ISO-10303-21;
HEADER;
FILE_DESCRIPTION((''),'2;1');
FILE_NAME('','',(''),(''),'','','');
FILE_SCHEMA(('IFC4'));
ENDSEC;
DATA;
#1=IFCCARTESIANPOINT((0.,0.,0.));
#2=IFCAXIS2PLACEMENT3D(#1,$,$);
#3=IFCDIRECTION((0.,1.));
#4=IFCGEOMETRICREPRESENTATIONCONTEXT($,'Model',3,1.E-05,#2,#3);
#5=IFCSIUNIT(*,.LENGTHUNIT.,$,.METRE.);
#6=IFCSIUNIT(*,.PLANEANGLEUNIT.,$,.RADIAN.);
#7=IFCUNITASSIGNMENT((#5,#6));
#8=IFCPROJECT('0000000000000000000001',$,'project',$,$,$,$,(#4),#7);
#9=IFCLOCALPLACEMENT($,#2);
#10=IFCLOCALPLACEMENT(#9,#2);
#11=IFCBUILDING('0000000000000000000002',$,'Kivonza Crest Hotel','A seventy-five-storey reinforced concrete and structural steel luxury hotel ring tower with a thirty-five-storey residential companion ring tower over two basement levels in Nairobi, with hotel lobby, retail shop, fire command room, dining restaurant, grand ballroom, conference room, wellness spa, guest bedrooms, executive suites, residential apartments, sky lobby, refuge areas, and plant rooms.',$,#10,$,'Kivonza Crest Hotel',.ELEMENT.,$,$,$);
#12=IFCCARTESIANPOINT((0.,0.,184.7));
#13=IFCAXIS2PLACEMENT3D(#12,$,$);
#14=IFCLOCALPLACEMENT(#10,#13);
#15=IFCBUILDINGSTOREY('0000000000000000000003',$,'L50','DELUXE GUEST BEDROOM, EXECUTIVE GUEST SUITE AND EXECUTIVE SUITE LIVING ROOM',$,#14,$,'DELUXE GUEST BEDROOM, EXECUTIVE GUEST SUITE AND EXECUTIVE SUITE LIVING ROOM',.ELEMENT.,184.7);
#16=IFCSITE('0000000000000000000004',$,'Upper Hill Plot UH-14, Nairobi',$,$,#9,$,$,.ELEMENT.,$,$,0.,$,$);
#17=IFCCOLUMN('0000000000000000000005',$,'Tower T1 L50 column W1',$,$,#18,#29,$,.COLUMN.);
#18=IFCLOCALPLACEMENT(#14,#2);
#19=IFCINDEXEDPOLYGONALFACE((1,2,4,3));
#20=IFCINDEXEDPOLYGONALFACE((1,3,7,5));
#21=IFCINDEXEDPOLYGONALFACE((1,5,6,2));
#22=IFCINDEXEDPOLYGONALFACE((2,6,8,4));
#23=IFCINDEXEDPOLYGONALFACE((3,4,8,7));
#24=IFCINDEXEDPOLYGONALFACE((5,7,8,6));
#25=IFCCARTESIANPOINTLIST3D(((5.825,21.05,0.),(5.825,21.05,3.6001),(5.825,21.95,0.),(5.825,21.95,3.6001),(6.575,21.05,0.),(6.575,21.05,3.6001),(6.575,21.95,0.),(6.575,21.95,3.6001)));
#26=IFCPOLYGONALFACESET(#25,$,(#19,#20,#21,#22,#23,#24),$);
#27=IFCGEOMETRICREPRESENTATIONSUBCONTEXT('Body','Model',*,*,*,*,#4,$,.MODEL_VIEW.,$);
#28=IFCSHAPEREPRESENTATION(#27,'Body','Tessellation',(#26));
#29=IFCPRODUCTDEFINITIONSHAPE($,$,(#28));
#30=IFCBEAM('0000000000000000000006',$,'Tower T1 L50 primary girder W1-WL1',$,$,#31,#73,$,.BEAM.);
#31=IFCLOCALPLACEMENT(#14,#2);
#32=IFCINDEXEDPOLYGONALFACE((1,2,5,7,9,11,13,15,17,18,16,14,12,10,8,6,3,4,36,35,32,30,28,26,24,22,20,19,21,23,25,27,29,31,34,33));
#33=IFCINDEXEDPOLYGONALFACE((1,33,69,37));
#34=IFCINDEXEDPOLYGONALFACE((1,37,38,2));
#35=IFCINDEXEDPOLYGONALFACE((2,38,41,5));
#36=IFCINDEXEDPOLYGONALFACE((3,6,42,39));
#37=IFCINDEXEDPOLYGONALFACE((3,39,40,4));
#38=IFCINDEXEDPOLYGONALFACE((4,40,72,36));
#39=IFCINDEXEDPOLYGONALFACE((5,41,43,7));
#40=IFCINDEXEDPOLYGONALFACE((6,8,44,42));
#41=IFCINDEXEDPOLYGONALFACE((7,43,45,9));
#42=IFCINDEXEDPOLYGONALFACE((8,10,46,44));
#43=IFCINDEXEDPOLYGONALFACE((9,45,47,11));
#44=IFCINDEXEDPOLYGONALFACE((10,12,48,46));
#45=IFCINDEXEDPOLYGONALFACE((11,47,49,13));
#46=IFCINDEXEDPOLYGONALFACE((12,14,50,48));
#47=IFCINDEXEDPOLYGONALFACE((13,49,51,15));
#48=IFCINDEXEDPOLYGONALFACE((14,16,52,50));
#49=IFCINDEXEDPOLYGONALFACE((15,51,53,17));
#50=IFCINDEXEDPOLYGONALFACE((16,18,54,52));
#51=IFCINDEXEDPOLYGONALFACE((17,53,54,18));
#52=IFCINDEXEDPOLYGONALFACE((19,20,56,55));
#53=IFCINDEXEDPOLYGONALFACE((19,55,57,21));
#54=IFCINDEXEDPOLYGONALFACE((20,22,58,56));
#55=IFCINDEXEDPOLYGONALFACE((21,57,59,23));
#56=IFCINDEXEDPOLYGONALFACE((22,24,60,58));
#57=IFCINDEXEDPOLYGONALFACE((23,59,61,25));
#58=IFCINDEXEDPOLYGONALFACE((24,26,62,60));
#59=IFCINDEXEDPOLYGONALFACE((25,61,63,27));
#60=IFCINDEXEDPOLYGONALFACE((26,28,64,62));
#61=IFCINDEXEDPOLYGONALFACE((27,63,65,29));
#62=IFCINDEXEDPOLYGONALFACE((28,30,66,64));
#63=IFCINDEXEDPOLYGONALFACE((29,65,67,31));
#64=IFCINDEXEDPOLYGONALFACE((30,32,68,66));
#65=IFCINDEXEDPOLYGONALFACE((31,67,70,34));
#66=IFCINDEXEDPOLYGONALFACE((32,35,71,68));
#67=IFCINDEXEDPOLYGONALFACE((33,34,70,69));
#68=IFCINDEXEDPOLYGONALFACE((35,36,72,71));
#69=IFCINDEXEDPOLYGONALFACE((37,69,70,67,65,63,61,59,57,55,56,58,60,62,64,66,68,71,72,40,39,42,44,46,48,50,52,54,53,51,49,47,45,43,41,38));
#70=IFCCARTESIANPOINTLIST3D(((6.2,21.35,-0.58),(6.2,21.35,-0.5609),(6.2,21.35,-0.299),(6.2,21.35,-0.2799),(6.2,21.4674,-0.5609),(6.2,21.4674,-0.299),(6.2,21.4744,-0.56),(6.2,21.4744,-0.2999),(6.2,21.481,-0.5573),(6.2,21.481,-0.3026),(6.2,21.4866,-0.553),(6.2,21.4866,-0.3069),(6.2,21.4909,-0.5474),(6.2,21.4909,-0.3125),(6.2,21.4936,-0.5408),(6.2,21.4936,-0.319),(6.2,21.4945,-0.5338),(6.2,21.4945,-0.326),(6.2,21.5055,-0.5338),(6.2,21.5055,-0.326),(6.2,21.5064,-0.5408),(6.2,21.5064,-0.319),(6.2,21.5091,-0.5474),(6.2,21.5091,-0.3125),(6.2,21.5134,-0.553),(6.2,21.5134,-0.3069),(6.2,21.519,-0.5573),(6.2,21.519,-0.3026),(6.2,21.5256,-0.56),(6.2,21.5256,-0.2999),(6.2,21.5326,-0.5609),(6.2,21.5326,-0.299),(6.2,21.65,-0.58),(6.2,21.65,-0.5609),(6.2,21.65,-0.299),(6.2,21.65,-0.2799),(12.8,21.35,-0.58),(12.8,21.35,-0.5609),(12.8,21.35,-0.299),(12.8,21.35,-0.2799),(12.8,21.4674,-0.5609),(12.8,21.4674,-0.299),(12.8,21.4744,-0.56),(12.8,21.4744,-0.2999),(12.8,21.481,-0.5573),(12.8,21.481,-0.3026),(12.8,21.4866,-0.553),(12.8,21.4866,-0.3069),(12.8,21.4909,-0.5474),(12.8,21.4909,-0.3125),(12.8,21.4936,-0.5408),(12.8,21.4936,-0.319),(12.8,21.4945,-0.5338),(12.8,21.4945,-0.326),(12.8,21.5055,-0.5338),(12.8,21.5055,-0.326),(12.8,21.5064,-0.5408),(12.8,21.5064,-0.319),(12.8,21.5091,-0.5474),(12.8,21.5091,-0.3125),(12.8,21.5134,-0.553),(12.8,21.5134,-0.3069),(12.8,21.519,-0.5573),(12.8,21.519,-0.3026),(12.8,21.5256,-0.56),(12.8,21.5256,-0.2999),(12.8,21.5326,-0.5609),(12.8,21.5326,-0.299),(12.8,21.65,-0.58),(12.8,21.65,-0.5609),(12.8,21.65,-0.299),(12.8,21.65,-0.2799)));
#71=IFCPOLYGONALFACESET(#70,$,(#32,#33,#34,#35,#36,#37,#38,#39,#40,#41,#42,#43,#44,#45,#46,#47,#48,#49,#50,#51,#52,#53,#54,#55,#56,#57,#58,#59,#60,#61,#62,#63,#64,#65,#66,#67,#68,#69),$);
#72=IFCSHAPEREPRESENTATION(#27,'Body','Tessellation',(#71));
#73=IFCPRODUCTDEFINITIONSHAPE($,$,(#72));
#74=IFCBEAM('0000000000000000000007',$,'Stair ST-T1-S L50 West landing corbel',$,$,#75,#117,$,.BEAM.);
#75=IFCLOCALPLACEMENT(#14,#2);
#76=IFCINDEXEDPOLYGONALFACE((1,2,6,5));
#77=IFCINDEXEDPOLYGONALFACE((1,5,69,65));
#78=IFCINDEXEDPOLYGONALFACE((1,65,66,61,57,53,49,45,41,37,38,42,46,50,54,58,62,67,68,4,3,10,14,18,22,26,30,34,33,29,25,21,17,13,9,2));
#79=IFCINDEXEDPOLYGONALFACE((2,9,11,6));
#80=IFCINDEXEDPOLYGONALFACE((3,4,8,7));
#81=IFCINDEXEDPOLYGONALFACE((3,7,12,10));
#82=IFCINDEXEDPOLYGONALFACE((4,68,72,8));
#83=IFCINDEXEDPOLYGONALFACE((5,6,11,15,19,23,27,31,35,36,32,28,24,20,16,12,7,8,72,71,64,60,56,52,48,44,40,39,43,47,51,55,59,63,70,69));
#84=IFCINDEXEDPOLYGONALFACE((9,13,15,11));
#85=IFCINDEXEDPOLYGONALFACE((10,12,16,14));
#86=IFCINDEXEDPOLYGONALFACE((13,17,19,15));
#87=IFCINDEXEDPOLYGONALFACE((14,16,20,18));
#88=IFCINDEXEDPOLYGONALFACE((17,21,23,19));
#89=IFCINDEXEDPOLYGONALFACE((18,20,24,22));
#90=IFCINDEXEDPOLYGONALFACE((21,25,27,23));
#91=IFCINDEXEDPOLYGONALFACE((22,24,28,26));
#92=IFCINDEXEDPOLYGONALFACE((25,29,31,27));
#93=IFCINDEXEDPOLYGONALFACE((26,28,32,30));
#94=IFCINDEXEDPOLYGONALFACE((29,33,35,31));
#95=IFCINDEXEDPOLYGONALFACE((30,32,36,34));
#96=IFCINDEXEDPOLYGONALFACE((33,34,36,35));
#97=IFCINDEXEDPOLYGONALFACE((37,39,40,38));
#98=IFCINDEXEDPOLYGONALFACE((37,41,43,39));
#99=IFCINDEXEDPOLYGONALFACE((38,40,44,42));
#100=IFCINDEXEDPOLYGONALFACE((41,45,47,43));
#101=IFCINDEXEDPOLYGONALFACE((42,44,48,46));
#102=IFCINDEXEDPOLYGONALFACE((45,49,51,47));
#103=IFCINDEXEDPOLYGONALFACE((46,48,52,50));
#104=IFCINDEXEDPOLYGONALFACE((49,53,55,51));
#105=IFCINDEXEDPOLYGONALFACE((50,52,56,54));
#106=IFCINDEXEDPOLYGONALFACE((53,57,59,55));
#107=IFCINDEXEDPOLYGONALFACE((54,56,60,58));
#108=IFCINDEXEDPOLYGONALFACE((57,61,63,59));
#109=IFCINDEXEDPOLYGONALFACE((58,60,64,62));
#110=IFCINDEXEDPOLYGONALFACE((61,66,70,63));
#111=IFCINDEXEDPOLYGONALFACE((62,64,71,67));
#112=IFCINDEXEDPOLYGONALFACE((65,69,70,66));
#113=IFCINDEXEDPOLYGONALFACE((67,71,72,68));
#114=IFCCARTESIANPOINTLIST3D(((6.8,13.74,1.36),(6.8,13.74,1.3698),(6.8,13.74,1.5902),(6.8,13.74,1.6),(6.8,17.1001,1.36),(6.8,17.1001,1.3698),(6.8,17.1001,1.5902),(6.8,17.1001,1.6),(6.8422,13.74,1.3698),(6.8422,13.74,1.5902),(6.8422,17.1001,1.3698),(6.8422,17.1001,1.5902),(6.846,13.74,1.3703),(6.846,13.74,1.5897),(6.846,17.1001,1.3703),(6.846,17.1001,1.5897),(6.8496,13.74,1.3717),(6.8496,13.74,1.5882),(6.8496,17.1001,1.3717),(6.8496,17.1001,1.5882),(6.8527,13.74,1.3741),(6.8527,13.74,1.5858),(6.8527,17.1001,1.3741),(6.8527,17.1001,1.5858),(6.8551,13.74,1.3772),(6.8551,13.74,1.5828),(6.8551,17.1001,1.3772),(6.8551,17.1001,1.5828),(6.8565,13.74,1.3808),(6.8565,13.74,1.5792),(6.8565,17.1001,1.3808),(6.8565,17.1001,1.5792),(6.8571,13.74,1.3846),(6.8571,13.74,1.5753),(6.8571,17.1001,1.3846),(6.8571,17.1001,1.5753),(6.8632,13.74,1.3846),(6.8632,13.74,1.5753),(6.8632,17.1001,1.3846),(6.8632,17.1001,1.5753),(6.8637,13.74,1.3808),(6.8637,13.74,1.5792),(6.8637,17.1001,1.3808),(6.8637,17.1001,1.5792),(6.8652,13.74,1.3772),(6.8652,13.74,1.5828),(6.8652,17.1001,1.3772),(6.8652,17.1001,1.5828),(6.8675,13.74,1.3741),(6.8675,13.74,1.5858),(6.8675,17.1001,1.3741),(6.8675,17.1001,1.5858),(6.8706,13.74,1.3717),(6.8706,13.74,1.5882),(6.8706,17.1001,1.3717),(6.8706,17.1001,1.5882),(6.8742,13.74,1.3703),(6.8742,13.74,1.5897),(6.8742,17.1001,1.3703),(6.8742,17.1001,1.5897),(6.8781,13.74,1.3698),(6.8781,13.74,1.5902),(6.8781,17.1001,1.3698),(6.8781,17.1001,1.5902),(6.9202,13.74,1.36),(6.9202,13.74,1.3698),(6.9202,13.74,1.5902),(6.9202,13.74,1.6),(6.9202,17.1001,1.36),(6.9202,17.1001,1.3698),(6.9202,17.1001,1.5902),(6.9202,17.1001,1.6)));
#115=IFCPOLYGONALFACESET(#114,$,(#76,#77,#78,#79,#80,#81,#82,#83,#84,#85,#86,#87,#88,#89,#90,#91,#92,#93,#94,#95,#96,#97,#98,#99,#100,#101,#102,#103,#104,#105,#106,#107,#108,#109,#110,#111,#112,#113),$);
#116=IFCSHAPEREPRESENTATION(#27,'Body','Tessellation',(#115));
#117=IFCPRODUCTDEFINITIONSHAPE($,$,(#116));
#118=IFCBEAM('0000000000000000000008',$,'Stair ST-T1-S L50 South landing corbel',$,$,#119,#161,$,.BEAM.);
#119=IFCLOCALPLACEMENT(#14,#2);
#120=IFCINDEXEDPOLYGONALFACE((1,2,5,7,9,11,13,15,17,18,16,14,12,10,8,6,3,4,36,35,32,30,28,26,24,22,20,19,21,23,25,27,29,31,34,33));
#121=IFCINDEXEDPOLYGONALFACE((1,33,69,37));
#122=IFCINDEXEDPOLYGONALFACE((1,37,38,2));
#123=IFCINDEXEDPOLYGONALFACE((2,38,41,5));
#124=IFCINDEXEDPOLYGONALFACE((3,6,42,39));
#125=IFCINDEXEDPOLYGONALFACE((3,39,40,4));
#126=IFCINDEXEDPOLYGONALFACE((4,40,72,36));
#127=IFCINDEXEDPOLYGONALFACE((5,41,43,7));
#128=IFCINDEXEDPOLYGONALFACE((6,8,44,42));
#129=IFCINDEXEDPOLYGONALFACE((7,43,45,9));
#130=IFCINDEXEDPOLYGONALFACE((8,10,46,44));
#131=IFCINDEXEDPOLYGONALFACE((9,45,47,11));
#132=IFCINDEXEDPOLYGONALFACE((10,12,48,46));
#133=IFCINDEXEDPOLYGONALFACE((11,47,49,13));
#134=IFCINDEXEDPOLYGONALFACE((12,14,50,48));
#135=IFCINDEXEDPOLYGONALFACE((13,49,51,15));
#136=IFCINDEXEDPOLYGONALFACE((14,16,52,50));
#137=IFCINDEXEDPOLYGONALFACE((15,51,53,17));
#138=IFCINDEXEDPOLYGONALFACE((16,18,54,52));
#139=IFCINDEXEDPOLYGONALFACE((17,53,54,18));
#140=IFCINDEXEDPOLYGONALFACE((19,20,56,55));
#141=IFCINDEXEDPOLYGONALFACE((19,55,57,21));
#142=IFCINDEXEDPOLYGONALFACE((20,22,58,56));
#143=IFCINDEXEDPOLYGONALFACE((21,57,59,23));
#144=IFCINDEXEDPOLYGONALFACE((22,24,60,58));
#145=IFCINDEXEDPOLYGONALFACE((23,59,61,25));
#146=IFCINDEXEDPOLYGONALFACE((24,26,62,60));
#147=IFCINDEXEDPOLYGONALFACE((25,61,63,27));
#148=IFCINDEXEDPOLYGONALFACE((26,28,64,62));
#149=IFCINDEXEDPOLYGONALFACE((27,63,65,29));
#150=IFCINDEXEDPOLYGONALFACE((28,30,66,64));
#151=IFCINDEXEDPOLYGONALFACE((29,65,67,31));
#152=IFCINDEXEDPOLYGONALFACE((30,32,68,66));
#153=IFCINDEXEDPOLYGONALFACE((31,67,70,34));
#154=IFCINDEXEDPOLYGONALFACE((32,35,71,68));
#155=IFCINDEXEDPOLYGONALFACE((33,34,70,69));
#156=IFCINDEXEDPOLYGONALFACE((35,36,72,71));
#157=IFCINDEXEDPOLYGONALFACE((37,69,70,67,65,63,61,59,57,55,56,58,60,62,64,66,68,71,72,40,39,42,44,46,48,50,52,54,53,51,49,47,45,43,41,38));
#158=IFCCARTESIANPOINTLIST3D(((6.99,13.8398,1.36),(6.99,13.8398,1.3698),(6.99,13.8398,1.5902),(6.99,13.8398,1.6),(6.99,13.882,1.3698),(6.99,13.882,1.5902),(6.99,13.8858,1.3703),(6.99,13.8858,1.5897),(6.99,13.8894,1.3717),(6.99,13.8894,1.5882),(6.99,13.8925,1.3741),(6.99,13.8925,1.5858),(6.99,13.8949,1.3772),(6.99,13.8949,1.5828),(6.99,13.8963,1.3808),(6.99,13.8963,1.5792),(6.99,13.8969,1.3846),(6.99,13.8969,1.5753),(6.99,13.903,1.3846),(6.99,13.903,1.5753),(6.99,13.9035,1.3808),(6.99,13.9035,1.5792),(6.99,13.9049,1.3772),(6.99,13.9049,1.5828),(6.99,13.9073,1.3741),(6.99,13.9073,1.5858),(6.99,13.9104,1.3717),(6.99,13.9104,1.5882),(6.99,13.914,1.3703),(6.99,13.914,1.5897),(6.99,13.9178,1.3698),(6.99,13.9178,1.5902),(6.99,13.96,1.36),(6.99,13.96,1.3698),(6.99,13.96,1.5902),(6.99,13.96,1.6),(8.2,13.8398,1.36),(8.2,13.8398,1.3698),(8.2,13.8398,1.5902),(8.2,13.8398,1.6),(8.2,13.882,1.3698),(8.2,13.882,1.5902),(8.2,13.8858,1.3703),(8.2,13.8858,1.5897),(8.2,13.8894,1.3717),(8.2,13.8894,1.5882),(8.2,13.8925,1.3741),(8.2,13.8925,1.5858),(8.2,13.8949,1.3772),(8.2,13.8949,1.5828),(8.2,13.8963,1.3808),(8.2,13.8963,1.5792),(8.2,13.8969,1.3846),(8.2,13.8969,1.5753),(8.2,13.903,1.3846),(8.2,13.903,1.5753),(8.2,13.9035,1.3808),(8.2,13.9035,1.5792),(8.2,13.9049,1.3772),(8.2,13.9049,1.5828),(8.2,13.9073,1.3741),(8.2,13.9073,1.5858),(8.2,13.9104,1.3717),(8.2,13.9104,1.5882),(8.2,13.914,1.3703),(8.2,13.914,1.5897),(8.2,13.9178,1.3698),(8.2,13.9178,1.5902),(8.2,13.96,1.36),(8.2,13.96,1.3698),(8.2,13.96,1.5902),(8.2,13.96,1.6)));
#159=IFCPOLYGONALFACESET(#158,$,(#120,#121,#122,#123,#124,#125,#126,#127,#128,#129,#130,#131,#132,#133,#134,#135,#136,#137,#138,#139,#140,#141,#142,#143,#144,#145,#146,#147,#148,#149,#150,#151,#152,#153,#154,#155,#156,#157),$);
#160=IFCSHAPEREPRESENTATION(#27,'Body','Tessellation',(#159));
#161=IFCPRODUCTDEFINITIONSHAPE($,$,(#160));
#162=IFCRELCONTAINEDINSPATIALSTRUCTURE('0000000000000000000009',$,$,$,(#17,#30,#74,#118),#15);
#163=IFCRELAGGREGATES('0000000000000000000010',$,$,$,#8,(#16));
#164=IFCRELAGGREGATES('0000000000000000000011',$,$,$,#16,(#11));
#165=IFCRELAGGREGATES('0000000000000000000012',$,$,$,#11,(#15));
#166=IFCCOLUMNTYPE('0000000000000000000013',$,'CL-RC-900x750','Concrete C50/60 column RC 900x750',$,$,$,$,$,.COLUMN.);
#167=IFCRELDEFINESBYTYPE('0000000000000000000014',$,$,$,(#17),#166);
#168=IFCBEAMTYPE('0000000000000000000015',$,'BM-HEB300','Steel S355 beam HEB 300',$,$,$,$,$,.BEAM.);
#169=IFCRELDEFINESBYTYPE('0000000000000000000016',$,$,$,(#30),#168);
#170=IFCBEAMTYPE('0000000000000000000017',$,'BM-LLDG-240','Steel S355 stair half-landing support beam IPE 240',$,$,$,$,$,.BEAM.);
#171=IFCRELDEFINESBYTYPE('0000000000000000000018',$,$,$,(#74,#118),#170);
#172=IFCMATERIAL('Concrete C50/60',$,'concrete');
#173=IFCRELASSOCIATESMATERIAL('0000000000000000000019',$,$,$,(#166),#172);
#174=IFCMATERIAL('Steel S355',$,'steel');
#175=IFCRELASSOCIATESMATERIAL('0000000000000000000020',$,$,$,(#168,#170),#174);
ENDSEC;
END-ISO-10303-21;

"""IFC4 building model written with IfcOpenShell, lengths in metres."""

from ifc_helpers import new_model, si_unit, direction, frame, origin, origin_2d, place, context, subcontext, project, spatial, rectangle, i_section, extrude, material, material_profile, profile_set, type_object, element, save


model = new_model("IFC4")

# Units and contexts
model_context = context("Model", 3, precision=1e-05, world=origin(), true_north=direction((0.0, 1.0)))
body_context = subcontext(model_context, "Body", "Model", "MODEL_VIEW")
ifc_project = project(units=[si_unit("LENGTHUNIT", "METRE"), si_unit("PLANEANGLEUNIT", "RADIAN")], contexts=[model_context])

# Site, building, storey
site_placement = place(None, origin())
site = spatial("IfcSite", under=ifc_project, at=site_placement, Name="Upper Hill Plot UH-14, Nairobi", CompositionType="ELEMENT", RefElevation=0.0)
building_placement = place(site_placement, origin())
building = spatial("IfcBuilding", under=site, at=building_placement, Name="Kivonza Crest Hotel", Description="A seventy-five-storey reinforced concrete and structural steel luxury hotel ring tower with a thirty-five-storey residential companion ring tower over two basement levels in Nairobi, with hotel lobby, retail shop, fire command room, dining restaurant, grand ballroom, conference room, wellness spa, guest bedrooms, executive suites, residential apartments, sky lobby, refuge areas, and plant rooms.", LongName="Kivonza Crest Hotel", CompositionType="ELEMENT")
storey_placement = place(building_placement, frame((0.0, 0.0, 184.7)))
storey = spatial("IfcBuildingStorey", under=building, at=storey_placement, Name="L50", Description="DELUXE GUEST BEDROOM, EXECUTIVE GUEST SUITE AND EXECUTIVE SUITE LIVING ROOM", LongName="DELUXE GUEST BEDROOM, EXECUTIVE GUEST SUITE AND EXECUTIVE SUITE LIVING ROOM", CompositionType="ELEMENT", Elevation=184.7)

# Column
ifc_material_1 = material(Name="Concrete C50/60", Category="concrete")
ifc_material_profile_1 = material_profile(ifc_material_1, rectangle(XDim=0.75, YDim=0.8999, at=origin_2d()), Name="RC 900x750")
ifc_profile_set_1 = profile_set([ifc_material_profile_1], Name="Concrete C50/60")
column_type = type_object("IfcColumnType", Name="CL-RC-900x750", Description="Concrete C50/60 column RC 900x750", PredefinedType="COLUMN", material=ifc_profile_set_1)
column_placement = place(storey_placement, frame((6.2, 21.5, 0.0), z_axis=(0.0, 0.0, 1.0), x_axis=(1.0, 0.0, 0.0)))
element("IfcColumn", 1, at=column_placement, inside=storey, type_object=column_type, Name="Tower T1 L50 column W1", PredefinedType="COLUMN", context=body_context, shape_type="SweptSolid", body=[
    extrude(rectangle(XDim=0.75, YDim=0.8999, at=origin_2d()), origin(), (0.0, 0.0, 1.0), 3.6001),
])

# Beams
ifc_material_2 = material(Name="Steel S355", Category="steel")
ifc_material_profile_2 = material_profile(ifc_material_2, i_section(OverallWidth=0.3, OverallDepth=0.3, WebThickness=0.011, FlangeThickness=0.019, FilletRadius=0.0271, at=origin_2d()), Name="HEB 300")
ifc_profile_set_2 = profile_set([ifc_material_profile_2], Name="Steel S355")
beam_type_1 = type_object("IfcBeamType", Name="BM-HEB300", Description="Steel S355 beam HEB 300", PredefinedType="BEAM", material=ifc_profile_set_2)
beam_1_placement = place(storey_placement, frame((6.2, 21.5, -0.4299), z_axis=(1.0, 0.0, 0.0), x_axis=(0.0, 1.0, 0.0)))
element("IfcBeam", 2, at=beam_1_placement, inside=storey, type_object=beam_type_1, Name="Tower T1 L50 primary girder W1-WL1", PredefinedType="BEAM", context=body_context, shape_type="SweptSolid", body=[
    extrude(i_section(OverallWidth=0.3, OverallDepth=0.3, WebThickness=0.011, FlangeThickness=0.019, FilletRadius=0.0271, at=origin_2d()), origin(), (0.0, 0.0, 1.0), 6.6001),
])
ifc_material_profile_3 = material_profile(ifc_material_2, i_section(OverallWidth=0.1201, OverallDepth=0.24, WebThickness=0.0061, FlangeThickness=0.0098, FilletRadius=0.0149, at=origin_2d()), Name="IPE 240")
ifc_profile_set_3 = profile_set([ifc_material_profile_3], Name="Steel S355")
beam_type_2 = type_object("IfcBeamType", Name="BM-LLDG-240", Description="Steel S355 stair half-landing support beam IPE 240", PredefinedType="BEAM", material=ifc_profile_set_3)
beam_2_placement = place(storey_placement, frame((6.8601, 13.74, 1.48), z_axis=(0.0, 1.0, 0.0), x_axis=(-1.0, 0.0, 0.0)))
element("IfcBeam", 3, at=beam_2_placement, inside=storey, type_object=beam_type_2, Name="Stair ST-T1-S L50 West landing corbel", PredefinedType="BEAM", context=body_context, shape_type="SweptSolid", body=[
    extrude(i_section(OverallWidth=0.1201, OverallDepth=0.24, WebThickness=0.0061, FlangeThickness=0.0098, FilletRadius=0.0149, at=origin_2d()), origin(), (0.0, 0.0, 1.0), 3.3601),
])
for number, where, z_axis, x_axis, name in (
    (4, (6.99, 13.8999, 1.48), (1.0, 0.0, 0.0), (0.0, 1.0, 0.0), "Stair ST-T1-S L50 South landing corbel"),
):
    element("IfcBeam", number, at=place(storey_placement, frame(where, z_axis=z_axis, x_axis=x_axis)), inside=storey, type_object=beam_type_2, Name=name, PredefinedType="BEAM", context=body_context, shape_type="SweptSolid", body=[
        extrude(i_section(OverallWidth=0.1201, OverallDepth=0.24, WebThickness=0.0061, FlangeThickness=0.0098, FilletRadius=0.0149, at=origin_2d()), origin(), (0.0, 0.0, 1.0), 1.21),
    ])

save(model, "model.ifc")
